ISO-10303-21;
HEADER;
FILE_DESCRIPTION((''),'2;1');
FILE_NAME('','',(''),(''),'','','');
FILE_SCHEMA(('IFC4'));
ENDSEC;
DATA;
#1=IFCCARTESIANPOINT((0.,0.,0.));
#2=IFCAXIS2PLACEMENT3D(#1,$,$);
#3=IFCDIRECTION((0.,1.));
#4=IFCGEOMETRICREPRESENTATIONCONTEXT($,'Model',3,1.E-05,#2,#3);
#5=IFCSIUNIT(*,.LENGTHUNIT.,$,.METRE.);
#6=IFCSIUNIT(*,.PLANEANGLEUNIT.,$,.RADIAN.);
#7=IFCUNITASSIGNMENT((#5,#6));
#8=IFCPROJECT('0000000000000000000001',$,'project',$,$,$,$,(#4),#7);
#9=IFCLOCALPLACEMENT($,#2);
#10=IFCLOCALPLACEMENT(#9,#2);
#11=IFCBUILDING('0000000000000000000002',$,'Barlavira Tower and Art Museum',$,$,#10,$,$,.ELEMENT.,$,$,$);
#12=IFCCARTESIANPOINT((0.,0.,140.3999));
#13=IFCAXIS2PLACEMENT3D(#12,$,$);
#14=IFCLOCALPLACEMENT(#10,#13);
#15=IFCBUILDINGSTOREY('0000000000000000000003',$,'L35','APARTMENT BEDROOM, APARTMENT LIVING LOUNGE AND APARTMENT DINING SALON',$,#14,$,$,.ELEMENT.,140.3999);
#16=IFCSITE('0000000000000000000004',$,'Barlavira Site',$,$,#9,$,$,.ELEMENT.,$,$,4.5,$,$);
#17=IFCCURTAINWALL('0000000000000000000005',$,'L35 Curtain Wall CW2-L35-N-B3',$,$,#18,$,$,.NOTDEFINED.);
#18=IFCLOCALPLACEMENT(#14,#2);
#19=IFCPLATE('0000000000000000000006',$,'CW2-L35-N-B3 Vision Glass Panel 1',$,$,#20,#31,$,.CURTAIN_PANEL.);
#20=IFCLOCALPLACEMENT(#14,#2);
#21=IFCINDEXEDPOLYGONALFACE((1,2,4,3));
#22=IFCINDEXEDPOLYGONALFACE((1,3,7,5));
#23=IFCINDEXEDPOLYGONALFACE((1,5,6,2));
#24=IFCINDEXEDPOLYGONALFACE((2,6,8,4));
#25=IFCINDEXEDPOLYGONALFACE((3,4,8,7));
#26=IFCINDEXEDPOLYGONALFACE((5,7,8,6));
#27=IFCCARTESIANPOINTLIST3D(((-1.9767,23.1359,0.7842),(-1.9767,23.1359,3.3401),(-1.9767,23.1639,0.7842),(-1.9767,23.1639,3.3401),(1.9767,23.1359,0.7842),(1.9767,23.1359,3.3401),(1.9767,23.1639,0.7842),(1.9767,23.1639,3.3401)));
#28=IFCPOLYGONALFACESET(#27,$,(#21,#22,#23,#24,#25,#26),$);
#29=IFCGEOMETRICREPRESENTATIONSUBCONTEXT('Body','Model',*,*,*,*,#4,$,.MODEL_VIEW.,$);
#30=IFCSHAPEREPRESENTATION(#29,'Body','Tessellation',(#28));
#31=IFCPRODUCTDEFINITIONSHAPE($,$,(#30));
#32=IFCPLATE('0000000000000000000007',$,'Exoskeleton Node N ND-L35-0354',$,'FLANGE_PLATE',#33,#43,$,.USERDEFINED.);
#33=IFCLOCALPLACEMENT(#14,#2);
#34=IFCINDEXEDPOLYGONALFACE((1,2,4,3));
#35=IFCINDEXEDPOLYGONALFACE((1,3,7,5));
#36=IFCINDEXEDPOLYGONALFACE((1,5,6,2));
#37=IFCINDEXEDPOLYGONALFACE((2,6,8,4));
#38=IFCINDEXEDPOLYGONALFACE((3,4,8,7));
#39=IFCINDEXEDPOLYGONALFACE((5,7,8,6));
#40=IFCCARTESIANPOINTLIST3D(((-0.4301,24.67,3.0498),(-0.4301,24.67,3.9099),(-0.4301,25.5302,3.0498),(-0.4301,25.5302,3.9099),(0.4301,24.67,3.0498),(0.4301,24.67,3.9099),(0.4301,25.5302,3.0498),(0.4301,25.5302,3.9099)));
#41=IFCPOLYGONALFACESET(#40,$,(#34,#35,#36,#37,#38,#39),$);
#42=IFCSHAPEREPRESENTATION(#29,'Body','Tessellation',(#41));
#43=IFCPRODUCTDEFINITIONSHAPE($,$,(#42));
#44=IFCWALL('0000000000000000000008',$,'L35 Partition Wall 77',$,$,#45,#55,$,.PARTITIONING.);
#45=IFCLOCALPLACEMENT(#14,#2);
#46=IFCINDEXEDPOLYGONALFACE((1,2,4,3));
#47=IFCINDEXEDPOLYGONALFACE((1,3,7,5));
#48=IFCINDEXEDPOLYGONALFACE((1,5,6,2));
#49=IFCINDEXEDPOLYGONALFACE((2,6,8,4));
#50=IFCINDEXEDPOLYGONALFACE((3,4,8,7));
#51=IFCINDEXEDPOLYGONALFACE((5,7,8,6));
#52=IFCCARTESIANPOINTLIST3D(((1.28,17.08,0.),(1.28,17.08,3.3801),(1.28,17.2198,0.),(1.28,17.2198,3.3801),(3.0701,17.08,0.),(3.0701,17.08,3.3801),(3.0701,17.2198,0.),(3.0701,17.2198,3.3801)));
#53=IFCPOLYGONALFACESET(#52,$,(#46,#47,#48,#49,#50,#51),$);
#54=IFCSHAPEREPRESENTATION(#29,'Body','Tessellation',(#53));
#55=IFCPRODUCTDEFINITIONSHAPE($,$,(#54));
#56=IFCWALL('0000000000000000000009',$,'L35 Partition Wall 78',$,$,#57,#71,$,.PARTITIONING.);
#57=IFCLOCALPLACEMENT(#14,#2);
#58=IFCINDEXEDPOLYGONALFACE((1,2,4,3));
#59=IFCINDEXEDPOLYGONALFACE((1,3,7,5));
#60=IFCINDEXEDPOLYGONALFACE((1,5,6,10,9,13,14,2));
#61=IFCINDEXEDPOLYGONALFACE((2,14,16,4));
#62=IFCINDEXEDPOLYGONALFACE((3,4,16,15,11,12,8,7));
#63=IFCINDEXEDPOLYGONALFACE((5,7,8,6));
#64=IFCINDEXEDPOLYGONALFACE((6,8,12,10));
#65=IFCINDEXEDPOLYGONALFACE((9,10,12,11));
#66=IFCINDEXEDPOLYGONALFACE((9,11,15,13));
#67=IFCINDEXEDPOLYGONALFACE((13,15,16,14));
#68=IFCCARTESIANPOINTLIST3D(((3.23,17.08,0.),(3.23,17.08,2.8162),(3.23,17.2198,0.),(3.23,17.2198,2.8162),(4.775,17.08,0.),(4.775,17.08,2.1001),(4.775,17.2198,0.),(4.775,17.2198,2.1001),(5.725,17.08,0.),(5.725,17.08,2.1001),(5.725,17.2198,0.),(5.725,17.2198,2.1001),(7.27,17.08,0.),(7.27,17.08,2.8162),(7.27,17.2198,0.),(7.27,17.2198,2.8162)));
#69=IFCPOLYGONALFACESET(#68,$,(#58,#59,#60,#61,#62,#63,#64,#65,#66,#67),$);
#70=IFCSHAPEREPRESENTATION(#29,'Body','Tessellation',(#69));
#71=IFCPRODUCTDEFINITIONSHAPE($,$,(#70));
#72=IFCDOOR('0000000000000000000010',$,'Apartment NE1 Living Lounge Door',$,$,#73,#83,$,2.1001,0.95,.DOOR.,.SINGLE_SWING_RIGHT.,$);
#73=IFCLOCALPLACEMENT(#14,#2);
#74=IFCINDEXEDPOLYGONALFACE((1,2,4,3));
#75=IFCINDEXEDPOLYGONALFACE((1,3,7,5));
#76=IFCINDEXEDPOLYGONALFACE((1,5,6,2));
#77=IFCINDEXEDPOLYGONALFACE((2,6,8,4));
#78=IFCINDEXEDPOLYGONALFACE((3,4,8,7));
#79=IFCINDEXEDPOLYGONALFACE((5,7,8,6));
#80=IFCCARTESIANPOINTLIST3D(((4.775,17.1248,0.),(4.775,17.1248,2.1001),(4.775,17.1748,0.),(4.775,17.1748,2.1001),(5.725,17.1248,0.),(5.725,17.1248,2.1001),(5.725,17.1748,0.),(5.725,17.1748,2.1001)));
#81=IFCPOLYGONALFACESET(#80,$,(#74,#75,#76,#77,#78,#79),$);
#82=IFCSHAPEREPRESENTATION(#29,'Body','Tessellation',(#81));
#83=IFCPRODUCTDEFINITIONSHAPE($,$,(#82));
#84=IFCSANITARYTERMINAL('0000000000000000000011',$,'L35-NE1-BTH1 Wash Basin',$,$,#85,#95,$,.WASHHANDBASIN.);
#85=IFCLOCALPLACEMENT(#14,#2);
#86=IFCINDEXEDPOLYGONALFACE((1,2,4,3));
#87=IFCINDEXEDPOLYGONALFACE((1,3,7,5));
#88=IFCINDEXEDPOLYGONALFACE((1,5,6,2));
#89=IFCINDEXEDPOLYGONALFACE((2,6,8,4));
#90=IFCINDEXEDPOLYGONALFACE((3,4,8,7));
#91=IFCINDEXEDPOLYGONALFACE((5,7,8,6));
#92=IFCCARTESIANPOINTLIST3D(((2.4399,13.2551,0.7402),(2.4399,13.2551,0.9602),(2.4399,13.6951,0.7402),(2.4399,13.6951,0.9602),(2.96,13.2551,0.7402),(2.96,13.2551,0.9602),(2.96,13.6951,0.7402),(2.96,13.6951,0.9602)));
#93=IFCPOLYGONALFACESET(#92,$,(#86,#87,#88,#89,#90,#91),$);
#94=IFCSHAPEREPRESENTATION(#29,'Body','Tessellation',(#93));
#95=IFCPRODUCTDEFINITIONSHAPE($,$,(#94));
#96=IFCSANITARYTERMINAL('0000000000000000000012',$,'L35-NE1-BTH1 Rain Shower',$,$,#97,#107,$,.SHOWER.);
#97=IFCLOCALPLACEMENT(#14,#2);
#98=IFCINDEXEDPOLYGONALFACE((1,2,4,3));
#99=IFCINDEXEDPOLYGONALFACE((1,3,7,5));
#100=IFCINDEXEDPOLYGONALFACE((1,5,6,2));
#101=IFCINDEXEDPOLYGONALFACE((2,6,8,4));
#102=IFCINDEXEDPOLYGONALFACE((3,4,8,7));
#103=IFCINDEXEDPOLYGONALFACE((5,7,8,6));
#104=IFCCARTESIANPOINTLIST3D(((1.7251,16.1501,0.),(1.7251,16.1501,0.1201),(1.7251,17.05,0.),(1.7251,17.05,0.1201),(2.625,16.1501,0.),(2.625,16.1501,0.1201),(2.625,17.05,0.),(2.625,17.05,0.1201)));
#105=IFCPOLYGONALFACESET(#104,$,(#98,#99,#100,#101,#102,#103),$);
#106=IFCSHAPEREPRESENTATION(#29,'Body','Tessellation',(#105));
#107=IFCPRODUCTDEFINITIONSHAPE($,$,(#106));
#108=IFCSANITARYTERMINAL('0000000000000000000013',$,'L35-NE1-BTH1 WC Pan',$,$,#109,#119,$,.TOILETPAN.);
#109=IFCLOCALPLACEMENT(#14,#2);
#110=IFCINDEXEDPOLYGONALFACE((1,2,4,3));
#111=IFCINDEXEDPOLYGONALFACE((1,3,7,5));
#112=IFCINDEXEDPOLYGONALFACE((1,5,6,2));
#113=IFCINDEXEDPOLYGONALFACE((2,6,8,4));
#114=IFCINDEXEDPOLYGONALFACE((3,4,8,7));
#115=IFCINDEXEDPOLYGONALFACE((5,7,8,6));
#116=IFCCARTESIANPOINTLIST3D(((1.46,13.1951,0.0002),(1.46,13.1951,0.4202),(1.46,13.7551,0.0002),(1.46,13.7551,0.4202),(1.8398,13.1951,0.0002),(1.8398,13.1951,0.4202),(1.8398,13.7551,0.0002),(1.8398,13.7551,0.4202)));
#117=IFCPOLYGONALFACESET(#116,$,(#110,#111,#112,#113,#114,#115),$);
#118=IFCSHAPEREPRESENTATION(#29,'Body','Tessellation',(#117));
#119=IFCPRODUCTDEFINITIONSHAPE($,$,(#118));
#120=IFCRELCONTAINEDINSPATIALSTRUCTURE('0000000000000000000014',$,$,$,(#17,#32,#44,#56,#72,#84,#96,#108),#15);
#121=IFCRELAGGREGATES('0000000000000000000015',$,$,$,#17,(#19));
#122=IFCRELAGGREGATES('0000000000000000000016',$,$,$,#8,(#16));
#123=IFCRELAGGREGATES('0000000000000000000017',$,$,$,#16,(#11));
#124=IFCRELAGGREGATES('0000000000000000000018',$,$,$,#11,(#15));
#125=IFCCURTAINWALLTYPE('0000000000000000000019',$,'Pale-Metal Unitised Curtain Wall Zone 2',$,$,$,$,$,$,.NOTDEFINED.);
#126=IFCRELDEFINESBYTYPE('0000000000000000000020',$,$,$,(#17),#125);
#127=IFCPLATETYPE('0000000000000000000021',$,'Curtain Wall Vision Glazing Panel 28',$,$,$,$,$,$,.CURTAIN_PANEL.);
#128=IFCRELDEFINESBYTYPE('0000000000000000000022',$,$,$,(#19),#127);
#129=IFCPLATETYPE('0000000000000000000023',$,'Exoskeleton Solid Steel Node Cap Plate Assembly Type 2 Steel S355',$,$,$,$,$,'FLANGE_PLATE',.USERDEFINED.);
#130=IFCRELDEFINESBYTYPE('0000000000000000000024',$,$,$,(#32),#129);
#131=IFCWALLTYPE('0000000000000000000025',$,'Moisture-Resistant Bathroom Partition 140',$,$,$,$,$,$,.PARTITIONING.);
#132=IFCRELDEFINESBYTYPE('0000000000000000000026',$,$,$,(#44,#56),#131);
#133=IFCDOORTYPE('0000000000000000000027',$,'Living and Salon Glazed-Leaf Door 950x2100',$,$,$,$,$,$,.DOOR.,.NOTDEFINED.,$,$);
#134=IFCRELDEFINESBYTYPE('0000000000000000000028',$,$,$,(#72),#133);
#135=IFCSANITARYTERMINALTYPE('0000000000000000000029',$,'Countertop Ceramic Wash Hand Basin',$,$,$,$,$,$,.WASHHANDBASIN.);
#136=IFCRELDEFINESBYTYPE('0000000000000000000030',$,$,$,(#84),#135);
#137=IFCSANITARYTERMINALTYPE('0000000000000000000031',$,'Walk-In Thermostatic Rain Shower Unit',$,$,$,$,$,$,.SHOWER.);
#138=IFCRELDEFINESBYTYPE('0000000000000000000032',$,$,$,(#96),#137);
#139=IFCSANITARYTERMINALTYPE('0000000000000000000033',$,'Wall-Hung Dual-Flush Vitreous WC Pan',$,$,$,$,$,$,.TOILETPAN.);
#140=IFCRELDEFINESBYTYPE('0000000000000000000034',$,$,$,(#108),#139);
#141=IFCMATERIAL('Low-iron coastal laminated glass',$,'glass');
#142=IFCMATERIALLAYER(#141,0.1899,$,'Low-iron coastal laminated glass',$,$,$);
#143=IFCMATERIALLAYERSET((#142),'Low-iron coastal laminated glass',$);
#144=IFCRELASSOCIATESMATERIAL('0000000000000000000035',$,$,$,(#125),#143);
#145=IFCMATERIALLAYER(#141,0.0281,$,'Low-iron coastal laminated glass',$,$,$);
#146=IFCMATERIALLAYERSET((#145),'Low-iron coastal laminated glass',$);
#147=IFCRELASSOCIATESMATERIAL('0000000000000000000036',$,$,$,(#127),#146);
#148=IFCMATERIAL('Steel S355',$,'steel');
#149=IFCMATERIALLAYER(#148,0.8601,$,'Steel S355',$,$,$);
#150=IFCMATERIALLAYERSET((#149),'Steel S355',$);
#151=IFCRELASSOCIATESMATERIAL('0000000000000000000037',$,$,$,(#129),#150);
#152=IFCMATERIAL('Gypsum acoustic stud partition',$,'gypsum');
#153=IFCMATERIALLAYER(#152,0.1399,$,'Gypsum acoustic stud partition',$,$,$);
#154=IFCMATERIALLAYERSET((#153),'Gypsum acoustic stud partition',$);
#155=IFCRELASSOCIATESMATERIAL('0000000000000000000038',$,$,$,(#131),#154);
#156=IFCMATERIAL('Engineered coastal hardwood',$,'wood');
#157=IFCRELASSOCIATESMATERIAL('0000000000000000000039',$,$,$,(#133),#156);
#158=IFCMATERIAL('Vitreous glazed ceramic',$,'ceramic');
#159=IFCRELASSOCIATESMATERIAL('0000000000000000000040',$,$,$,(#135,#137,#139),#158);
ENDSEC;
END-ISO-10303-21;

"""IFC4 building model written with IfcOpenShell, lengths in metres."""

from ifc_helpers import new_model, si_unit, direction, frame, frame_2d, origin, origin_2d, place, context, subcontext, project, spatial, rectangle, extrude, material, layer, layer_set, type_object, element, fill, aggregate, save


model = new_model("IFC4")

# Units and contexts
model_context = context("Model", 3, precision=1e-05, world=origin(), true_north=direction((0.0, 1.0)))
body_context = subcontext(model_context, "Body", "Model", "MODEL_VIEW")
ifc_project = project(units=[si_unit("LENGTHUNIT", "METRE"), si_unit("PLANEANGLEUNIT", "RADIAN")], contexts=[model_context])

# Site, building, storey
site_placement = place(None, origin())
site = spatial("IfcSite", under=ifc_project, at=site_placement, Name="Barlavira Site", CompositionType="ELEMENT", RefElevation=4.5)
building_placement = place(site_placement, origin())
building = spatial("IfcBuilding", under=site, at=building_placement, Name="Barlavira Tower and Art Museum", CompositionType="ELEMENT")
storey_placement = place(building_placement, frame((0.0, 0.0, 140.3999)))
storey = spatial("IfcBuildingStorey", under=building, at=storey_placement, Name="L35", Description="APARTMENT BEDROOM, APARTMENT LIVING LOUNGE AND APARTMENT DINING SALON", CompositionType="ELEMENT", Elevation=140.3999)

# Curtain wall
ifc_material_1 = material(Name="Low-iron coastal laminated glass", Category="glass")
ifc_layer_1 = layer(ifc_material_1, 0.1899, Name="Low-iron coastal laminated glass")
ifc_layer_set_1 = layer_set([ifc_layer_1], Name="Low-iron coastal laminated glass")
curtain_wall_type = type_object("IfcCurtainWallType", Name="Pale-Metal Unitised Curtain Wall Zone 2", PredefinedType="NOTDEFINED", material=ifc_layer_set_1)
curtain_wall_placement = place(storey_placement, origin())
curtain_wall = element("IfcCurtainWall", 1, at=curtain_wall_placement, inside=storey, type_object=curtain_wall_type, Name="L35 Curtain Wall CW2-L35-N-B3", PredefinedType="NOTDEFINED")

# Shared definitions
ifc_material_2 = material(Name="Steel S355", Category="steel")

# Plates
ifc_layer_2 = layer(ifc_material_1, 0.0281, Name="Low-iron coastal laminated glass")
ifc_layer_set_2 = layer_set([ifc_layer_2], Name="Low-iron coastal laminated glass")
plate_type_1 = type_object("IfcPlateType", Name="Curtain Wall Vision Glazing Panel 28", PredefinedType="CURTAIN_PANEL", material=ifc_layer_set_2)
plate_1_placement = place(storey_placement, frame((0.0, 23.1499, 0.7842), z_axis=(0.0, 0.0, 1.0), x_axis=(-1.0, 0.0, 0.0)))
plate_1 = element("IfcPlate", 2, at=plate_1_placement, type_object=plate_type_1, Name="CW2-L35-N-B3 Vision Glass Panel 1", PredefinedType="CURTAIN_PANEL", context=body_context, shape_type="SweptSolid", body=[
    extrude(rectangle(XDim=3.9534, YDim=0.0281, at=origin_2d()), origin(), (0.0, 0.0, 1.0), 2.5559),
])
aggregate(curtain_wall, [plate_1])
ifc_layer_3 = layer(ifc_material_2, 0.8601, Name="Steel S355")
ifc_layer_set_3 = layer_set([ifc_layer_3], Name="Steel S355")
plate_type_2 = type_object("IfcPlateType", Name="Exoskeleton Solid Steel Node Cap Plate Assembly Type 2 Steel S355", ElementType="FLANGE_PLATE", PredefinedType="USERDEFINED", material=ifc_layer_set_3)
plate_2_placement = place(storey_placement, frame((0.0, 25.1001, 3.0498), z_axis=(0.0, 0.0, 1.0), x_axis=(1.0, 0.0, 0.0)))
element("IfcPlate", 3, at=plate_2_placement, inside=storey, type_object=plate_type_2, Name="Exoskeleton Node N ND-L35-0354", ObjectType="FLANGE_PLATE", PredefinedType="USERDEFINED", context=body_context, shape_type="SweptSolid", body=[
    extrude(rectangle(XDim=0.8601, YDim=0.8601, at=origin_2d()), origin(), (0.0, 0.0, 1.0), 0.8601),
])

# Shared definitions
ifc_material_3 = material(Name="Gypsum acoustic stud partition", Category="gypsum")

# Wall
ifc_layer_4 = layer(ifc_material_3, 0.1399, Name="Gypsum acoustic stud partition")
ifc_layer_set_4 = layer_set([ifc_layer_4], Name="Gypsum acoustic stud partition")
wall_type_1 = type_object("IfcWallType", Name="Moisture-Resistant Bathroom Partition 140", PredefinedType="PARTITIONING", material=ifc_layer_set_4)
wall_1_placement = place(storey_placement, frame((1.28, 17.1499, 0.0), z_axis=(0.0, 0.0, 1.0), x_axis=(1.0, 0.0, 0.0)))
element("IfcWall", 4, at=wall_1_placement, inside=storey, type_object=wall_type_1, Name="L35 Partition Wall 77", PredefinedType="PARTITIONING", context=body_context, shape_type="SweptSolid", body=[
    extrude(rectangle(XDim=1.79, YDim=0.1399, at=frame_2d((0.895, 0.0))), origin(), (0.0, 0.0, 1.0), 3.3801),
])

# Wall, opening, door
wall_2_placement = place(storey_placement, frame((3.23, 17.1499, 0.0), z_axis=(0.0, 0.0, 1.0), x_axis=(1.0, 0.0, 0.0)))
wall_2 = element("IfcWall", 5, at=wall_2_placement, inside=storey, type_object=wall_type_1, Name="L35 Partition Wall 78", PredefinedType="PARTITIONING", context=body_context, shape_type="SweptSolid", body=[
    extrude(rectangle(XDim=4.04, YDim=0.1399, at=frame_2d((2.02, 0.0))), origin(), (0.0, 0.0, 1.0), 2.8162),
])
opening_1_placement = place(wall_2_placement, frame((1.5449, 0.0, 0.0)))
opening_1 = element("IfcOpeningElement", 6, at=opening_1_placement, cuts=wall_2, PredefinedType="OPENING", context=body_context, shape_type="SweptSolid", body=[
    extrude(rectangle(XDim=0.95, YDim=2.1001, at=frame_2d((0.4751, 1.05))), frame((0.0, 0.0801, 0.0), z_axis=(0.0, -1.0, 0.0), x_axis=(1.0, 0.0, 0.0)), (0.0, 0.0, 1.0), 0.1599),
])
ifc_material_4 = material(Name="Engineered coastal hardwood", Category="wood")
door_type_1 = type_object("IfcDoorType", Name="Living and Salon Glazed-Leaf Door 950x2100", OperationType="NOTDEFINED", PredefinedType="DOOR", material=ifc_material_4)
door_1_placement = place(opening_1_placement, origin())
door_1 = element("IfcDoor", 7, at=door_1_placement, inside=storey, type_object=door_type_1, Name="Apartment NE1 Living Lounge Door", OperationType="SINGLE_SWING_RIGHT", OverallHeight=2.1001, OverallWidth=0.95, PredefinedType="DOOR", context=body_context, shape_type="SweptSolid", body=[
    extrude(rectangle(XDim=0.95, YDim=2.1001, at=frame_2d((0.4751, 1.05))), frame((0.0, 0.0249, 0.0), z_axis=(0.0, -1.0, 0.0), x_axis=(1.0, 0.0, 0.0)), (0.0, 0.0, 1.0), 0.05),
])
fill(opening_1, door_1)

# Sanitary terminals
ifc_material_5 = material(Name="Vitreous glazed ceramic", Category="ceramic")
sanitary_terminal_type_1 = type_object("IfcSanitaryTerminalType", Name="Countertop Ceramic Wash Hand Basin", PredefinedType="WASHHANDBASIN", material=ifc_material_5)
sanitary_terminal_1_placement = place(storey_placement, frame((2.7, 13.4751, 0.7402), z_axis=(0.0, 0.0, 1.0), x_axis=(1.0, 0.0, 0.0)))
element("IfcSanitaryTerminal", 8, at=sanitary_terminal_1_placement, inside=storey, type_object=sanitary_terminal_type_1, Name="L35-NE1-BTH1 Wash Basin", PredefinedType="WASHHANDBASIN", context=body_context, shape_type="SweptSolid", body=[
    extrude(rectangle(XDim=0.52, YDim=0.4399, at=origin_2d()), origin(), (0.0, 0.0, 1.0), 0.22),
])
sanitary_terminal_type_2 = type_object("IfcSanitaryTerminalType", Name="Walk-In Thermostatic Rain Shower Unit", PredefinedType="SHOWER", material=ifc_material_5)
sanitary_terminal_2_placement = place(storey_placement, frame((2.175, 16.6001, 0.0), z_axis=(0.0, 0.0, 1.0), x_axis=(1.0, 0.0, 0.0)))
element("IfcSanitaryTerminal", 9, at=sanitary_terminal_2_placement, inside=storey, type_object=sanitary_terminal_type_2, Name="L35-NE1-BTH1 Rain Shower", PredefinedType="SHOWER", context=body_context, shape_type="SweptSolid", body=[
    extrude(rectangle(XDim=0.8999, YDim=0.8999, at=origin_2d()), origin(), (0.0, 0.0, 1.0), 0.1201),
])
sanitary_terminal_type_3 = type_object("IfcSanitaryTerminalType", Name="Wall-Hung Dual-Flush Vitreous WC Pan", PredefinedType="TOILETPAN", material=ifc_material_5)
sanitary_terminal_3_placement = place(storey_placement, frame((1.6499, 13.4751, 0.0002), z_axis=(0.0, 0.0, 1.0), x_axis=(1.0, 0.0, 0.0)))
element("IfcSanitaryTerminal", 10, at=sanitary_terminal_3_placement, inside=storey, type_object=sanitary_terminal_type_3, Name="L35-NE1-BTH1 WC Pan", PredefinedType="TOILETPAN", context=body_context, shape_type="SweptSolid", body=[
    extrude(rectangle(XDim=0.3799, YDim=0.5601, at=origin_2d()), origin(), (0.0, 0.0, 1.0), 0.4199),
])

save(model, "model.ifc")
